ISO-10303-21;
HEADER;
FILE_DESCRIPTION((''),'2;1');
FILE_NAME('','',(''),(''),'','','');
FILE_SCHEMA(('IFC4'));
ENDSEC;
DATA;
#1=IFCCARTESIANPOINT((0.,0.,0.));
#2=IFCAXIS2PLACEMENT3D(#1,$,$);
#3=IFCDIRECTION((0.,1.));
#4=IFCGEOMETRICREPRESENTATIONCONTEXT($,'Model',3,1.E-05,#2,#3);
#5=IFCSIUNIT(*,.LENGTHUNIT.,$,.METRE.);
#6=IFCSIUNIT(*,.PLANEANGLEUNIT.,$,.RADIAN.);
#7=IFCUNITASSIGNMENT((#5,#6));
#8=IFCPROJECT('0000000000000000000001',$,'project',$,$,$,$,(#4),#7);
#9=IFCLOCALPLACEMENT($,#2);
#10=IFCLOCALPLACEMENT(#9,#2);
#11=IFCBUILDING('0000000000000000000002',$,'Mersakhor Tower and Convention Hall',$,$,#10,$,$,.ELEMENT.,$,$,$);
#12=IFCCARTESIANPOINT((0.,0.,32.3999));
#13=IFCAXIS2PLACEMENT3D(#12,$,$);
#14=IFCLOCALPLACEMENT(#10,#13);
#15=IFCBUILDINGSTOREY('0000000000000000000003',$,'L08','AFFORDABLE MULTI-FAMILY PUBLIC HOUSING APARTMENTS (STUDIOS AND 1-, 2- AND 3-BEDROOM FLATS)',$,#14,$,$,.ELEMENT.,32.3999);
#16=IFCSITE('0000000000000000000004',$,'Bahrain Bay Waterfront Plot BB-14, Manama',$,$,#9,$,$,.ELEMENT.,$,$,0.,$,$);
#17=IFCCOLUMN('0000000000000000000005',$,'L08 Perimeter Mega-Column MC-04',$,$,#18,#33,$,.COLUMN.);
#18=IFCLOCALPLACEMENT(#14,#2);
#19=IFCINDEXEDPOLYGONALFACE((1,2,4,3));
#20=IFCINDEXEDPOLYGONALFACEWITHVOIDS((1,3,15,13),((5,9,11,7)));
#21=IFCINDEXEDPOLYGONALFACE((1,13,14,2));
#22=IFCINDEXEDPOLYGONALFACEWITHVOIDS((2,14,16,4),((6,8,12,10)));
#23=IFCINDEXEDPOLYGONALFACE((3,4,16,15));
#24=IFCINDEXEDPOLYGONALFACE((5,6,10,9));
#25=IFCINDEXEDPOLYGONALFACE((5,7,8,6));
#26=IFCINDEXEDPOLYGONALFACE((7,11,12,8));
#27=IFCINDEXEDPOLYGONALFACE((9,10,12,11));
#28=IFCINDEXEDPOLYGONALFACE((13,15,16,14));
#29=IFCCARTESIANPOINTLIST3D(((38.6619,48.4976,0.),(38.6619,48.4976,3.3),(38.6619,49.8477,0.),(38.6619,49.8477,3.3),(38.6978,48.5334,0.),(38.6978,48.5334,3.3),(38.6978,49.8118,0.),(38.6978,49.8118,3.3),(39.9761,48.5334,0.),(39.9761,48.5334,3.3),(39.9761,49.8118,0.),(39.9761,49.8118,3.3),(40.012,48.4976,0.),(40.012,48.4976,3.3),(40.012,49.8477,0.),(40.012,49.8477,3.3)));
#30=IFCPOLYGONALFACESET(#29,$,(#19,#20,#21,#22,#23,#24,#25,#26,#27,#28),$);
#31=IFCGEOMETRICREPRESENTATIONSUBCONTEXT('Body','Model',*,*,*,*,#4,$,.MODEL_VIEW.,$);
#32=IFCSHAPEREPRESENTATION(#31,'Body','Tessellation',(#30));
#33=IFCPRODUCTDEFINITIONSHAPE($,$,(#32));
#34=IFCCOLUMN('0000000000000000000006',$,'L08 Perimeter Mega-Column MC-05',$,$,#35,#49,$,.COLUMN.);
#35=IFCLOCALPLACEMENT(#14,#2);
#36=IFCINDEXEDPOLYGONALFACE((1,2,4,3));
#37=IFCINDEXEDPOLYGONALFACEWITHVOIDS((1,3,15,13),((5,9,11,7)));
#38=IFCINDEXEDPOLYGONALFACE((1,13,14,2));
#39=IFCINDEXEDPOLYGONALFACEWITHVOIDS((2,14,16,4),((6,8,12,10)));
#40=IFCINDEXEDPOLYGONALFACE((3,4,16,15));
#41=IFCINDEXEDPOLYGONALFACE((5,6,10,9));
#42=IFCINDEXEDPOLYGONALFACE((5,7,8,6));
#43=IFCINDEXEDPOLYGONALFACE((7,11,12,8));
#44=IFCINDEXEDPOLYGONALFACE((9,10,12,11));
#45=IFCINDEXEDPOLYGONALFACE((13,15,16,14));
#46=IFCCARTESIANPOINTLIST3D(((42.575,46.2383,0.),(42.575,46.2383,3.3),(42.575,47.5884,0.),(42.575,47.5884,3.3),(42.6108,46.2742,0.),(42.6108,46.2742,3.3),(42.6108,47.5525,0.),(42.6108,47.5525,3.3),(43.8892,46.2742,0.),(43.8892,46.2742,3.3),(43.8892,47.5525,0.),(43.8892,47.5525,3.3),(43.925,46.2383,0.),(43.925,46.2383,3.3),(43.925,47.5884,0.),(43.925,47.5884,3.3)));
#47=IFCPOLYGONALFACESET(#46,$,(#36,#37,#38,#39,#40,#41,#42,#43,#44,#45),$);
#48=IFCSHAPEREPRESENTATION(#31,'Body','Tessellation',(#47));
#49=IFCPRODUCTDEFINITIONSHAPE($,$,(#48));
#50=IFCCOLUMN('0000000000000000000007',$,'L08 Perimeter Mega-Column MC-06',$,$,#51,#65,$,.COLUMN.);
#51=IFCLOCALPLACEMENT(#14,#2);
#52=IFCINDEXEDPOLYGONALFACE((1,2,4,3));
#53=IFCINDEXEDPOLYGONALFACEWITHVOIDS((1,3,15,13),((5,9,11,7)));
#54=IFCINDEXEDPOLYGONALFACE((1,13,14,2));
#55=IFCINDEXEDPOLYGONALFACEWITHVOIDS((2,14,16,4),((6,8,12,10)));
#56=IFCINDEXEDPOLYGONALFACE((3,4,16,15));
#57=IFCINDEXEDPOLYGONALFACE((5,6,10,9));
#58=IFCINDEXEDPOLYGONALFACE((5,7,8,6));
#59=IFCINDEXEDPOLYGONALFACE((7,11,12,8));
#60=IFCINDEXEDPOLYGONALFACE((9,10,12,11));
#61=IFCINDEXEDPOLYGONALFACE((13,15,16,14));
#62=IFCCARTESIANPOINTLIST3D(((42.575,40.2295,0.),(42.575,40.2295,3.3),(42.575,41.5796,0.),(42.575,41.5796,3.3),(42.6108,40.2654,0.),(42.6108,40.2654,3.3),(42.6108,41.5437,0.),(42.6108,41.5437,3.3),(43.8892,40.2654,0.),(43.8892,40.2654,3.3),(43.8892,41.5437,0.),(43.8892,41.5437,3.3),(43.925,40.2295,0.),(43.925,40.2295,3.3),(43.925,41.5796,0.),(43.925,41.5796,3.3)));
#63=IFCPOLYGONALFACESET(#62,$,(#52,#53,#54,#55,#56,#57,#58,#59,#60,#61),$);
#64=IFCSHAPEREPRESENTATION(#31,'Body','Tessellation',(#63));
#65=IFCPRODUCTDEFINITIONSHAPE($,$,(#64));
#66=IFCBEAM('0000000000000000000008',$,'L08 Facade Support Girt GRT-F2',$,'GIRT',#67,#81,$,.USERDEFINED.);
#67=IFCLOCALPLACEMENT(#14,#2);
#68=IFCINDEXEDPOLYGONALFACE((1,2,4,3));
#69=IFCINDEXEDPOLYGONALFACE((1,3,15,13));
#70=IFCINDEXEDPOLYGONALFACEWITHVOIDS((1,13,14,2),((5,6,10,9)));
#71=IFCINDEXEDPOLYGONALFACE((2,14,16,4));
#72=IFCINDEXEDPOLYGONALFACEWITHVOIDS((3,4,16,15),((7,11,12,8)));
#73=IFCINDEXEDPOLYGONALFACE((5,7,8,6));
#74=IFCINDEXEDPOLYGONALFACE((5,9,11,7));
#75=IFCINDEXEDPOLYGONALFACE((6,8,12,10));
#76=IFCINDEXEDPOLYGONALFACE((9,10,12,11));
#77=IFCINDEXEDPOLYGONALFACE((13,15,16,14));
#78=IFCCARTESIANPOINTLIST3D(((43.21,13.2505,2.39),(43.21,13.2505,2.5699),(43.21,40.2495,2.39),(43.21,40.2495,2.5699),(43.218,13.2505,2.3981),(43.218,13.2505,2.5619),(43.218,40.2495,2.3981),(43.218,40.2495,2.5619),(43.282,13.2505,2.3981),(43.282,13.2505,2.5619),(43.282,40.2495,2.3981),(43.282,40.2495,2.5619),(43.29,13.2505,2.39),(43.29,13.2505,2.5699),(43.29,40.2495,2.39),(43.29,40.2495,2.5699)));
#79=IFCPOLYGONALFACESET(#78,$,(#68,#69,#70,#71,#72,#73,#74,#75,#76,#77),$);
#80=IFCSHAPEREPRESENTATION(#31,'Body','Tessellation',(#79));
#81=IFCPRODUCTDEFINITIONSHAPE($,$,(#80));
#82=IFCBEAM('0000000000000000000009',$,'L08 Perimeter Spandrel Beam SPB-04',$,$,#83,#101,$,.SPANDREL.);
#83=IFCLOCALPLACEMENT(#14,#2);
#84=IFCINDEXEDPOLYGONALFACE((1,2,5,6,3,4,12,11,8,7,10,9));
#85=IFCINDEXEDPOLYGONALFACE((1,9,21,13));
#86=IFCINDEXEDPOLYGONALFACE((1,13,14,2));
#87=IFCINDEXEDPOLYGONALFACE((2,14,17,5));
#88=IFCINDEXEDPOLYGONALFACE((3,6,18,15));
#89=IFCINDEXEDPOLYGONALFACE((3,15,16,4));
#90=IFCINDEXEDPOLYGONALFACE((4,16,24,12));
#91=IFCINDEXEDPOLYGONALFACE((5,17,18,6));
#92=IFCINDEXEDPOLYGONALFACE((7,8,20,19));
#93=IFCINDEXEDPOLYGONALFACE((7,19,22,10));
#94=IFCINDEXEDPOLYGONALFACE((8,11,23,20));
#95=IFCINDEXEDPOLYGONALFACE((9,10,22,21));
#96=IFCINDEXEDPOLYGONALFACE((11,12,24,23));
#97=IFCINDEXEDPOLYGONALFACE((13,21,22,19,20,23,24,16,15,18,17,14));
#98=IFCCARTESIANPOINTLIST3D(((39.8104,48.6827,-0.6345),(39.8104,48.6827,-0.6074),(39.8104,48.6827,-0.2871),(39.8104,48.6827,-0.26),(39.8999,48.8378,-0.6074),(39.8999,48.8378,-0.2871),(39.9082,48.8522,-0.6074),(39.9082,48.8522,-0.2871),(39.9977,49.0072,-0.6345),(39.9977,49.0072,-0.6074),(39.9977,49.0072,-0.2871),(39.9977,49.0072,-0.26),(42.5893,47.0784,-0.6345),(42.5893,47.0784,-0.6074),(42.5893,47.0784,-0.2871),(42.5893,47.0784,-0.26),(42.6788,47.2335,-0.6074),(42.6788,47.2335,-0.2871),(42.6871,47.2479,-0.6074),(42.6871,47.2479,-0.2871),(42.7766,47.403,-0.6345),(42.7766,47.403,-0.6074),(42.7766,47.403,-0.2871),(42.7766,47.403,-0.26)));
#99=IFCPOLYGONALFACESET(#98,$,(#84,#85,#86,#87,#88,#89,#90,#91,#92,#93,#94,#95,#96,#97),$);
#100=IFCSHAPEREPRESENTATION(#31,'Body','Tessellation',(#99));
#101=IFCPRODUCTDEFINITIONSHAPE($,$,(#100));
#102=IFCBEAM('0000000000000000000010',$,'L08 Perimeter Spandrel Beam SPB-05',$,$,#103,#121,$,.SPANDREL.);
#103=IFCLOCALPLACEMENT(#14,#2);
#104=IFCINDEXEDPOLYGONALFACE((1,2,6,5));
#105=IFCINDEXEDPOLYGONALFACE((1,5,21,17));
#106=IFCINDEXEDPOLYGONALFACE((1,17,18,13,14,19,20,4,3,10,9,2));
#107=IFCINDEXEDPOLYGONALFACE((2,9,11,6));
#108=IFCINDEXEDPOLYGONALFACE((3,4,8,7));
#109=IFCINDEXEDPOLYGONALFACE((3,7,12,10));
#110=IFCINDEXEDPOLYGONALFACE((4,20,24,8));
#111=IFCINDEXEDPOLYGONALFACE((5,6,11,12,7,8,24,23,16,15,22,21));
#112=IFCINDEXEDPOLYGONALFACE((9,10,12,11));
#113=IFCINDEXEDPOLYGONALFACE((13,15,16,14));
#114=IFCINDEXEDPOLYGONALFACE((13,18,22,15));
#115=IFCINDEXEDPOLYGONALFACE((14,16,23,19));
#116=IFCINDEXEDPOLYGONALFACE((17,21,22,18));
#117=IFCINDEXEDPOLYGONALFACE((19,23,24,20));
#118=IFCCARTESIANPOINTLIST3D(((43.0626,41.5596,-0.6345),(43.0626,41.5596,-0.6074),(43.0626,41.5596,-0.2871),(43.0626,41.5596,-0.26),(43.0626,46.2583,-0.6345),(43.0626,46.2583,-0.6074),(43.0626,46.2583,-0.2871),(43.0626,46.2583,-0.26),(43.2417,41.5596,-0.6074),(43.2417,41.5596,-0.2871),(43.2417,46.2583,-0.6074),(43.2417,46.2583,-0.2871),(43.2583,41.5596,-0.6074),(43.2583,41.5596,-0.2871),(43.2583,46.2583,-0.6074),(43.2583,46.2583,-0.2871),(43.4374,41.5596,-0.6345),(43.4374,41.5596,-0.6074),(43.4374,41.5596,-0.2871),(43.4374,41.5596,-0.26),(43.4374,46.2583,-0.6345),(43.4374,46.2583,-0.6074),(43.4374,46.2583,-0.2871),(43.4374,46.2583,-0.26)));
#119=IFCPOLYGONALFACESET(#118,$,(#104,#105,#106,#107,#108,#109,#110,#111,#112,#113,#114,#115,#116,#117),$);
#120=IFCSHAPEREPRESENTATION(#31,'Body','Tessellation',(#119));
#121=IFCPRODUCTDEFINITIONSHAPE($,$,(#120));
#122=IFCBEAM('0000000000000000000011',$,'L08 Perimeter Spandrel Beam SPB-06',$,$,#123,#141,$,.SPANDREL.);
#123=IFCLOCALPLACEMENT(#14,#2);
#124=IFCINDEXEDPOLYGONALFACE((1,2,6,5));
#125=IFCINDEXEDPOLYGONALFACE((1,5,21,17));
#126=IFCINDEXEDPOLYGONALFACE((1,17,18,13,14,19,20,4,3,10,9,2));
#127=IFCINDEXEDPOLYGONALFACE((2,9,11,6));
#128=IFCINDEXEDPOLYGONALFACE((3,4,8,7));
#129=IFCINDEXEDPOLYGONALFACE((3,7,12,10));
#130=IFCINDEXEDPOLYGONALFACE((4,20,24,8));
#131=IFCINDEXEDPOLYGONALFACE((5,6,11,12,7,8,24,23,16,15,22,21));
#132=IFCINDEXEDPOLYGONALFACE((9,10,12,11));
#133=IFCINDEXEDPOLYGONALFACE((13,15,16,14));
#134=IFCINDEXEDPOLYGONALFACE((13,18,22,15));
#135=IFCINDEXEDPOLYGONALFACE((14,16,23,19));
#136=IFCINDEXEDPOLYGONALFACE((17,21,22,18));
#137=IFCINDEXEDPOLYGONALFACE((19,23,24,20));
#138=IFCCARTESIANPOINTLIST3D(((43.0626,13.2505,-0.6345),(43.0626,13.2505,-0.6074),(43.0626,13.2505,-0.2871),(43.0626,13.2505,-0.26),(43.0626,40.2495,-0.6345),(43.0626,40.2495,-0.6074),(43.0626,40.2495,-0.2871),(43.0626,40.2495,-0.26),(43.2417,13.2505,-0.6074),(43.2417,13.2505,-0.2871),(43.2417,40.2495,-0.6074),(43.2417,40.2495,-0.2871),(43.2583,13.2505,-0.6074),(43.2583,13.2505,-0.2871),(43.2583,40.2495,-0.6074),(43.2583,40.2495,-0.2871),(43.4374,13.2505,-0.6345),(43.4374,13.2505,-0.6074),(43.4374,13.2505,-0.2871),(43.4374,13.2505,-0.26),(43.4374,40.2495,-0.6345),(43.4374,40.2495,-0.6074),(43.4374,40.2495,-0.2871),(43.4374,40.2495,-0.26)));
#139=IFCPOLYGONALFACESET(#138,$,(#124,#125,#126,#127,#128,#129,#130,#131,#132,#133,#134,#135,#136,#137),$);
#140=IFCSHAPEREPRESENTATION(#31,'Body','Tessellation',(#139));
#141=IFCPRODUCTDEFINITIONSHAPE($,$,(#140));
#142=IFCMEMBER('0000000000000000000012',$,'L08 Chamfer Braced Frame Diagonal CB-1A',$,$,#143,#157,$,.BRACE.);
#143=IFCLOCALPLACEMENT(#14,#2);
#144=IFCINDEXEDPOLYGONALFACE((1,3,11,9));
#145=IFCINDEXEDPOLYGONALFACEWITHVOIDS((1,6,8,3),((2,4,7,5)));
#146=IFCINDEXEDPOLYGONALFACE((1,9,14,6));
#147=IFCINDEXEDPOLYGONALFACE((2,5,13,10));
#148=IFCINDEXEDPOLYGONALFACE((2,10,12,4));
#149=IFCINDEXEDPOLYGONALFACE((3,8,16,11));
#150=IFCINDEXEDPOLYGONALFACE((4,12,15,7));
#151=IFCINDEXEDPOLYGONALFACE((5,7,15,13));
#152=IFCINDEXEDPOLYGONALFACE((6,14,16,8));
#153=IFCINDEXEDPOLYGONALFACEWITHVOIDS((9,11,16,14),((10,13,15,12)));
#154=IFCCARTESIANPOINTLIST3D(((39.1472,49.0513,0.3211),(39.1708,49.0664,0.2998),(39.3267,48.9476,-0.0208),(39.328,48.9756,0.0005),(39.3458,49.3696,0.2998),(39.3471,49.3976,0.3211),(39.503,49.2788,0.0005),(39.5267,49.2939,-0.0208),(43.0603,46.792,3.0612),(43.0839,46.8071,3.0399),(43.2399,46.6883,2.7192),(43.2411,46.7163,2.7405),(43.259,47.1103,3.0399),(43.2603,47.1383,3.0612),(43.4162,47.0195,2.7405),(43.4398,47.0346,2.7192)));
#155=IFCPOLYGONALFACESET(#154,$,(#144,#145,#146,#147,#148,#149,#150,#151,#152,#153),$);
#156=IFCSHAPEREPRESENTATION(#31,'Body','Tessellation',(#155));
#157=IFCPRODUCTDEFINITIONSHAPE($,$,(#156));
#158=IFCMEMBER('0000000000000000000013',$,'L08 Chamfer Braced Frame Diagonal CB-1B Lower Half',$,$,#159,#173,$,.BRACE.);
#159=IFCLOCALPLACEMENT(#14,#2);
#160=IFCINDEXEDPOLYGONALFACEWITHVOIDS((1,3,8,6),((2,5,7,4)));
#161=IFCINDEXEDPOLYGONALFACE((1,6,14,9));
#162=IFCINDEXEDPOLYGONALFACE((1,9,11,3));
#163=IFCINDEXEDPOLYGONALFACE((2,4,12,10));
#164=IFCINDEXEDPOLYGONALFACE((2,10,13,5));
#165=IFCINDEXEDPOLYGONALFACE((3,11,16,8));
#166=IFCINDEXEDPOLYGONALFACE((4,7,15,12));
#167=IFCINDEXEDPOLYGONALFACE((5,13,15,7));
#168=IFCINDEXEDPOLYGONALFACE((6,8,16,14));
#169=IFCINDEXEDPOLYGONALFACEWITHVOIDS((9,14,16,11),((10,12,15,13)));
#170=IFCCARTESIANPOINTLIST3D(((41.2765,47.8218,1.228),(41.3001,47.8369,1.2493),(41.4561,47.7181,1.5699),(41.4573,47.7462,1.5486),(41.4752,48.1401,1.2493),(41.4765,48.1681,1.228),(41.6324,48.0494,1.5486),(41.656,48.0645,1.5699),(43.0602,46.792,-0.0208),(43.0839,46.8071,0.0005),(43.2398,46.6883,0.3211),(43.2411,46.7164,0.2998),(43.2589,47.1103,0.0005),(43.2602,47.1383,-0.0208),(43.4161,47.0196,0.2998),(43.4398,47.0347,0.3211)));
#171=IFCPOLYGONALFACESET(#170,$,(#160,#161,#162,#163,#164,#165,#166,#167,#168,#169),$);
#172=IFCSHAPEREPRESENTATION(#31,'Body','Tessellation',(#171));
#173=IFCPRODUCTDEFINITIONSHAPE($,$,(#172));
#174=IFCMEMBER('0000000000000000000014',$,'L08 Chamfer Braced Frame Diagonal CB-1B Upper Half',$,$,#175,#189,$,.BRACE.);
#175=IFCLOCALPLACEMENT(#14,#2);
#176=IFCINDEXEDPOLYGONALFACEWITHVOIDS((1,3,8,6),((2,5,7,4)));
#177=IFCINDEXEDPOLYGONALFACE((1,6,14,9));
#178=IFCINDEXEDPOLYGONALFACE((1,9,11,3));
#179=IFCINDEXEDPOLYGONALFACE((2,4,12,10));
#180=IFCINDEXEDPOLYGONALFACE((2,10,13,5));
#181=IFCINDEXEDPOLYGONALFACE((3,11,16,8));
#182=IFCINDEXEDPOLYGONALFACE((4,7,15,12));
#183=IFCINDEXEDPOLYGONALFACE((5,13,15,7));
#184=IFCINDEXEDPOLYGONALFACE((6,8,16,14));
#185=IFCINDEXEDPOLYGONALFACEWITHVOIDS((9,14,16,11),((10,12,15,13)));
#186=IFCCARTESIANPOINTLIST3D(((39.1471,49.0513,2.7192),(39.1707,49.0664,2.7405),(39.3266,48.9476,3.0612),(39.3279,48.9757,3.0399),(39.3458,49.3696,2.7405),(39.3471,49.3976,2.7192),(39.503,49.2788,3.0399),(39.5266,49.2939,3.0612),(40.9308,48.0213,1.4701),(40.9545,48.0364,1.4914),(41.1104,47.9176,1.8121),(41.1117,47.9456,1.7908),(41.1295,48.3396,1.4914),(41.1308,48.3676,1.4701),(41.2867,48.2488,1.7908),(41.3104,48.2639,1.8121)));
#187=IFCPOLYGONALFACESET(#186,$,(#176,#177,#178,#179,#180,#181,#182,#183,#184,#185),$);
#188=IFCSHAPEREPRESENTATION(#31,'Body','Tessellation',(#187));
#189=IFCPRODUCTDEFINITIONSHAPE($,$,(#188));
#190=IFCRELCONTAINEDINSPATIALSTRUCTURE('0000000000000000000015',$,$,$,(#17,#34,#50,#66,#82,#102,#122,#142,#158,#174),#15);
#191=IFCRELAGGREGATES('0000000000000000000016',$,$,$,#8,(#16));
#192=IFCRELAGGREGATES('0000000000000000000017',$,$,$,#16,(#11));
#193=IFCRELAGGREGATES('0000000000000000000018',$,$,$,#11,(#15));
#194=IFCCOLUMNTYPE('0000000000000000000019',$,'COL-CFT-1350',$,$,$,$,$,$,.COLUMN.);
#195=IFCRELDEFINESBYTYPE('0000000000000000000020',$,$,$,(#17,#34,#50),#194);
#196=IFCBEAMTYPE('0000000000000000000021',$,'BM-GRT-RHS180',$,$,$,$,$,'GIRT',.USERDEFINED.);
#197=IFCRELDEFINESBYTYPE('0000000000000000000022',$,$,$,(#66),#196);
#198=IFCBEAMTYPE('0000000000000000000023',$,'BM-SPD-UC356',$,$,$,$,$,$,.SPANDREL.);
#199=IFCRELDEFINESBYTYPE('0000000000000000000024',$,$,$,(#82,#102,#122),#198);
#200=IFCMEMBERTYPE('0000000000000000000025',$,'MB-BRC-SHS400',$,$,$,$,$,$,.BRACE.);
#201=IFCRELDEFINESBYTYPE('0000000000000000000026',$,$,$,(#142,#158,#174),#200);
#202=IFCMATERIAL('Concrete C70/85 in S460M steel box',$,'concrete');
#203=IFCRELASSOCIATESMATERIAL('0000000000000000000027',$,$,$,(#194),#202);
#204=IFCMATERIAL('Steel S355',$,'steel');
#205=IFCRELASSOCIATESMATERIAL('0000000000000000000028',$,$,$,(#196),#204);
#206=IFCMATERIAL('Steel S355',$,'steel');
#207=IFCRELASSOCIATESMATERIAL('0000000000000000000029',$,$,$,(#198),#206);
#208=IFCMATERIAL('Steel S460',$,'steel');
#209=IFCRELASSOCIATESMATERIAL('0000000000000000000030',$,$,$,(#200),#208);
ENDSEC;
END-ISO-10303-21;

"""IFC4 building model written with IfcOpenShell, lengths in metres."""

from ifc_helpers import new_model, si_unit, direction, frame, origin, origin_2d, place, context, subcontext, project, spatial, hollow_rectangle, i_section, extrude, material, material_profile, profile_set, type_object, element, save


model = new_model("IFC4")

# Units and contexts
model_context = context("Model", 3, precision=1e-05, world=origin(), true_north=direction((0.0, 1.0)))
body_context = subcontext(model_context, "Body", "Model", "MODEL_VIEW")
ifc_project = project(units=[si_unit("LENGTHUNIT", "METRE"), si_unit("PLANEANGLEUNIT", "RADIAN")], contexts=[model_context])

# Site, building, storey
site_placement = place(None, origin())
site = spatial("IfcSite", under=ifc_project, at=site_placement, Name="Bahrain Bay Waterfront Plot BB-14, Manama", CompositionType="ELEMENT", RefElevation=0.0)
building_placement = place(site_placement, origin())
building = spatial("IfcBuilding", under=site, at=building_placement, Name="Mersakhor Tower and Convention Hall", CompositionType="ELEMENT")
storey_placement = place(building_placement, frame((0.0, 0.0, 32.3999)))
storey = spatial("IfcBuildingStorey", under=building, at=storey_placement, Name="L08", Description="AFFORDABLE MULTI-FAMILY PUBLIC HOUSING APARTMENTS (STUDIOS AND 1-, 2- AND 3-BEDROOM FLATS)", CompositionType="ELEMENT", Elevation=32.3999)

# Columns
ifc_material_1 = material(Name="Concrete C70/85 in S460M steel box", Category="concrete")
ifc_material_profile_1 = material_profile(ifc_material_1, hollow_rectangle(XDim=1.3501, YDim=1.3501, WallThickness=0.0359, at=origin_2d()), Name="SHS 1350x1350x36")
ifc_profile_set_1 = profile_set([ifc_material_profile_1], Name="Concrete C70/85 in S460M steel box")
column_type = type_object("IfcColumnType", Name="COL-CFT-1350", PredefinedType="COLUMN", material=ifc_profile_set_1)
for number, where, z_axis, x_axis, name in (
    (1, (39.3369, 49.1726, 0.0), (0.0, 0.0, 1.0), (1.0, 0.0, 0.0), "L08 Perimeter Mega-Column MC-04"),
    (2, (43.25, 46.9133, 0.0), (0.0, 0.0, 1.0), (1.0, 0.0, 0.0), "L08 Perimeter Mega-Column MC-05"),
    (3, (43.25, 40.9045, 0.0), (0.0, 0.0, 1.0), (1.0, 0.0, 0.0), "L08 Perimeter Mega-Column MC-06"),
):
    element("IfcColumn", number, at=place(storey_placement, frame(where, z_axis=z_axis, x_axis=x_axis)), inside=storey, type_object=column_type, Name=name, PredefinedType="COLUMN", context=body_context, shape_type="SweptSolid", body=[
        extrude(hollow_rectangle(XDim=1.3501, YDim=1.3501, WallThickness=0.0359, at=origin_2d()), origin(), (0.0, 0.0, 1.0), 3.3),
    ])

# Beams
ifc_material_2 = material(Name="Steel S355", Category="steel")
ifc_material_profile_2 = material_profile(ifc_material_2, hollow_rectangle(XDim=0.0801, YDim=0.1799, WallThickness=0.0081, at=origin_2d()), Name="RHS 180x80x8")
ifc_profile_set_2 = profile_set([ifc_material_profile_2], Name="Steel S355")
beam_type_1 = type_object("IfcBeamType", Name="BM-GRT-RHS180", ElementType="GIRT", PredefinedType="USERDEFINED", material=ifc_profile_set_2)
beam_1_placement = place(storey_placement, frame((43.25, 40.2495, 2.48), z_axis=(0.0, -1.0, 0.0), x_axis=(1.0, 0.0, 0.0)))
element("IfcBeam", 4, at=beam_1_placement, inside=storey, type_object=beam_type_1, Name="L08 Facade Support Girt GRT-F2", ObjectType="GIRT", PredefinedType="USERDEFINED", context=body_context, shape_type="SweptSolid", body=[
    extrude(hollow_rectangle(XDim=0.0801, YDim=0.1799, WallThickness=0.0081, at=origin_2d()), origin(), (0.0, 0.0, 1.0), 26.999),
])
ifc_material_3 = material(Name="Steel S355", Category="steel")
ifc_material_profile_3 = material_profile(ifc_material_3, i_section(OverallWidth=0.3748, OverallDepth=0.3745, WebThickness=0.0166, FlangeThickness=0.0271, at=origin_2d()), Name="UC 356x368x202")
ifc_profile_set_3 = profile_set([ifc_material_profile_3], Name="Steel S355")
beam_type_2 = type_object("IfcBeamType", Name="BM-SPD-UC356", PredefinedType="SPANDREL", material=ifc_profile_set_3)
beam_2_placement = place(storey_placement, frame((39.9041, 48.845, -0.4473), z_axis=(0.866039, -0.499977, 0.0), x_axis=(0.499977, 0.866039, 0.0)))
element("IfcBeam", 5, at=beam_2_placement, inside=storey, type_object=beam_type_2, Name="L08 Perimeter Spandrel Beam SPB-04", PredefinedType="SPANDREL", context=body_context, shape_type="SweptSolid", body=[
    extrude(i_section(OverallWidth=0.3748, OverallDepth=0.3745, WebThickness=0.0166, FlangeThickness=0.0271, at=origin_2d()), origin(), (0.0, 0.0, 1.0), 3.2087),
])
beam_3_placement = place(storey_placement, frame((43.25, 46.2583, -0.4473), z_axis=(0.0, -1.0, 0.0), x_axis=(1.0, 0.0, 0.0)))
element("IfcBeam", 6, at=beam_3_placement, inside=storey, type_object=beam_type_2, Name="L08 Perimeter Spandrel Beam SPB-05", PredefinedType="SPANDREL", context=body_context, shape_type="SweptSolid", body=[
    extrude(i_section(OverallWidth=0.3748, OverallDepth=0.3745, WebThickness=0.0166, FlangeThickness=0.0271, at=origin_2d()), origin(), (0.0, 0.0, 1.0), 4.6987),
])
beam_4_placement = place(storey_placement, frame((43.25, 40.2495, -0.4473), z_axis=(0.0, -1.0, 0.0), x_axis=(1.0, 0.0, 0.0)))
element("IfcBeam", 7, at=beam_4_placement, inside=storey, type_object=beam_type_2, Name="L08 Perimeter Spandrel Beam SPB-06", PredefinedType="SPANDREL", context=body_context, shape_type="SweptSolid", body=[
    extrude(i_section(OverallWidth=0.3748, OverallDepth=0.3745, WebThickness=0.0166, FlangeThickness=0.0271, at=origin_2d()), origin(), (0.0, 0.0, 1.0), 26.999),
])

# Members
ifc_material_4 = material(Name="Steel S460", Category="steel")
ifc_material_profile_4 = material_profile(ifc_material_4, hollow_rectangle(XDim=0.3999, YDim=0.3999, WallThickness=0.0249, at=origin_2d()), Name="SHS 400x400x25")
ifc_profile_set_4 = profile_set([ifc_material_profile_4], Name="Steel S460")
member_type = type_object("IfcMemberType", Name="MB-BRC-SHS400", PredefinedType="BRACE", material=ifc_profile_set_4)
member_1_placement = place(storey_placement, frame((39.3369, 49.1726, 0.1501), z_axis=(0.740508, -0.427543, 0.518513), x_axis=(0.500009, 0.86602, 0.0)))
element("IfcMember", 8, at=member_1_placement, inside=storey, type_object=member_type, Name="L08 Chamfer Braced Frame Diagonal CB-1A", PredefinedType="BRACE", context=body_context, shape_type="SweptSolid", body=[
    extrude(hollow_rectangle(XDim=0.3999, YDim=0.3999, WallThickness=0.0249, at=origin_2d()), origin(), (0.0, 0.0, 1.0), 5.2844),
])
member_2_placement = place(storey_placement, frame((43.25, 46.9133, 0.1501), z_axis=(-0.740544, 0.427541, 0.518462), x_axis=(-0.499989, -0.866032, 0.0)))
element("IfcMember", 9, at=member_2_placement, inside=storey, type_object=member_type, Name="L08 Chamfer Braced Frame Diagonal CB-1B Lower Half", PredefinedType="BRACE", context=body_context, shape_type="SweptSolid", body=[
    extrude(hollow_rectangle(XDim=0.3999, YDim=0.3999, WallThickness=0.0249, at=origin_2d()), origin(), (0.0, 0.0, 1.0), 2.4087),
])
member_3_placement = place(storey_placement, frame((41.1206, 48.1426, 1.6411), z_axis=(-0.740473, 0.427601, 0.518514), x_axis=(-0.500078, -0.86598, 0.0)))
element("IfcMember", 10, at=member_3_placement, inside=storey, type_object=member_type, Name="L08 Chamfer Braced Frame Diagonal CB-1B Upper Half", PredefinedType="BRACE", context=body_context, shape_type="SweptSolid", body=[
    extrude(hollow_rectangle(XDim=0.3999, YDim=0.3999, WallThickness=0.0249, at=origin_2d()), origin(), (0.0, 0.0, 1.0), 2.4089),
])

save(model, "model.ifc")
